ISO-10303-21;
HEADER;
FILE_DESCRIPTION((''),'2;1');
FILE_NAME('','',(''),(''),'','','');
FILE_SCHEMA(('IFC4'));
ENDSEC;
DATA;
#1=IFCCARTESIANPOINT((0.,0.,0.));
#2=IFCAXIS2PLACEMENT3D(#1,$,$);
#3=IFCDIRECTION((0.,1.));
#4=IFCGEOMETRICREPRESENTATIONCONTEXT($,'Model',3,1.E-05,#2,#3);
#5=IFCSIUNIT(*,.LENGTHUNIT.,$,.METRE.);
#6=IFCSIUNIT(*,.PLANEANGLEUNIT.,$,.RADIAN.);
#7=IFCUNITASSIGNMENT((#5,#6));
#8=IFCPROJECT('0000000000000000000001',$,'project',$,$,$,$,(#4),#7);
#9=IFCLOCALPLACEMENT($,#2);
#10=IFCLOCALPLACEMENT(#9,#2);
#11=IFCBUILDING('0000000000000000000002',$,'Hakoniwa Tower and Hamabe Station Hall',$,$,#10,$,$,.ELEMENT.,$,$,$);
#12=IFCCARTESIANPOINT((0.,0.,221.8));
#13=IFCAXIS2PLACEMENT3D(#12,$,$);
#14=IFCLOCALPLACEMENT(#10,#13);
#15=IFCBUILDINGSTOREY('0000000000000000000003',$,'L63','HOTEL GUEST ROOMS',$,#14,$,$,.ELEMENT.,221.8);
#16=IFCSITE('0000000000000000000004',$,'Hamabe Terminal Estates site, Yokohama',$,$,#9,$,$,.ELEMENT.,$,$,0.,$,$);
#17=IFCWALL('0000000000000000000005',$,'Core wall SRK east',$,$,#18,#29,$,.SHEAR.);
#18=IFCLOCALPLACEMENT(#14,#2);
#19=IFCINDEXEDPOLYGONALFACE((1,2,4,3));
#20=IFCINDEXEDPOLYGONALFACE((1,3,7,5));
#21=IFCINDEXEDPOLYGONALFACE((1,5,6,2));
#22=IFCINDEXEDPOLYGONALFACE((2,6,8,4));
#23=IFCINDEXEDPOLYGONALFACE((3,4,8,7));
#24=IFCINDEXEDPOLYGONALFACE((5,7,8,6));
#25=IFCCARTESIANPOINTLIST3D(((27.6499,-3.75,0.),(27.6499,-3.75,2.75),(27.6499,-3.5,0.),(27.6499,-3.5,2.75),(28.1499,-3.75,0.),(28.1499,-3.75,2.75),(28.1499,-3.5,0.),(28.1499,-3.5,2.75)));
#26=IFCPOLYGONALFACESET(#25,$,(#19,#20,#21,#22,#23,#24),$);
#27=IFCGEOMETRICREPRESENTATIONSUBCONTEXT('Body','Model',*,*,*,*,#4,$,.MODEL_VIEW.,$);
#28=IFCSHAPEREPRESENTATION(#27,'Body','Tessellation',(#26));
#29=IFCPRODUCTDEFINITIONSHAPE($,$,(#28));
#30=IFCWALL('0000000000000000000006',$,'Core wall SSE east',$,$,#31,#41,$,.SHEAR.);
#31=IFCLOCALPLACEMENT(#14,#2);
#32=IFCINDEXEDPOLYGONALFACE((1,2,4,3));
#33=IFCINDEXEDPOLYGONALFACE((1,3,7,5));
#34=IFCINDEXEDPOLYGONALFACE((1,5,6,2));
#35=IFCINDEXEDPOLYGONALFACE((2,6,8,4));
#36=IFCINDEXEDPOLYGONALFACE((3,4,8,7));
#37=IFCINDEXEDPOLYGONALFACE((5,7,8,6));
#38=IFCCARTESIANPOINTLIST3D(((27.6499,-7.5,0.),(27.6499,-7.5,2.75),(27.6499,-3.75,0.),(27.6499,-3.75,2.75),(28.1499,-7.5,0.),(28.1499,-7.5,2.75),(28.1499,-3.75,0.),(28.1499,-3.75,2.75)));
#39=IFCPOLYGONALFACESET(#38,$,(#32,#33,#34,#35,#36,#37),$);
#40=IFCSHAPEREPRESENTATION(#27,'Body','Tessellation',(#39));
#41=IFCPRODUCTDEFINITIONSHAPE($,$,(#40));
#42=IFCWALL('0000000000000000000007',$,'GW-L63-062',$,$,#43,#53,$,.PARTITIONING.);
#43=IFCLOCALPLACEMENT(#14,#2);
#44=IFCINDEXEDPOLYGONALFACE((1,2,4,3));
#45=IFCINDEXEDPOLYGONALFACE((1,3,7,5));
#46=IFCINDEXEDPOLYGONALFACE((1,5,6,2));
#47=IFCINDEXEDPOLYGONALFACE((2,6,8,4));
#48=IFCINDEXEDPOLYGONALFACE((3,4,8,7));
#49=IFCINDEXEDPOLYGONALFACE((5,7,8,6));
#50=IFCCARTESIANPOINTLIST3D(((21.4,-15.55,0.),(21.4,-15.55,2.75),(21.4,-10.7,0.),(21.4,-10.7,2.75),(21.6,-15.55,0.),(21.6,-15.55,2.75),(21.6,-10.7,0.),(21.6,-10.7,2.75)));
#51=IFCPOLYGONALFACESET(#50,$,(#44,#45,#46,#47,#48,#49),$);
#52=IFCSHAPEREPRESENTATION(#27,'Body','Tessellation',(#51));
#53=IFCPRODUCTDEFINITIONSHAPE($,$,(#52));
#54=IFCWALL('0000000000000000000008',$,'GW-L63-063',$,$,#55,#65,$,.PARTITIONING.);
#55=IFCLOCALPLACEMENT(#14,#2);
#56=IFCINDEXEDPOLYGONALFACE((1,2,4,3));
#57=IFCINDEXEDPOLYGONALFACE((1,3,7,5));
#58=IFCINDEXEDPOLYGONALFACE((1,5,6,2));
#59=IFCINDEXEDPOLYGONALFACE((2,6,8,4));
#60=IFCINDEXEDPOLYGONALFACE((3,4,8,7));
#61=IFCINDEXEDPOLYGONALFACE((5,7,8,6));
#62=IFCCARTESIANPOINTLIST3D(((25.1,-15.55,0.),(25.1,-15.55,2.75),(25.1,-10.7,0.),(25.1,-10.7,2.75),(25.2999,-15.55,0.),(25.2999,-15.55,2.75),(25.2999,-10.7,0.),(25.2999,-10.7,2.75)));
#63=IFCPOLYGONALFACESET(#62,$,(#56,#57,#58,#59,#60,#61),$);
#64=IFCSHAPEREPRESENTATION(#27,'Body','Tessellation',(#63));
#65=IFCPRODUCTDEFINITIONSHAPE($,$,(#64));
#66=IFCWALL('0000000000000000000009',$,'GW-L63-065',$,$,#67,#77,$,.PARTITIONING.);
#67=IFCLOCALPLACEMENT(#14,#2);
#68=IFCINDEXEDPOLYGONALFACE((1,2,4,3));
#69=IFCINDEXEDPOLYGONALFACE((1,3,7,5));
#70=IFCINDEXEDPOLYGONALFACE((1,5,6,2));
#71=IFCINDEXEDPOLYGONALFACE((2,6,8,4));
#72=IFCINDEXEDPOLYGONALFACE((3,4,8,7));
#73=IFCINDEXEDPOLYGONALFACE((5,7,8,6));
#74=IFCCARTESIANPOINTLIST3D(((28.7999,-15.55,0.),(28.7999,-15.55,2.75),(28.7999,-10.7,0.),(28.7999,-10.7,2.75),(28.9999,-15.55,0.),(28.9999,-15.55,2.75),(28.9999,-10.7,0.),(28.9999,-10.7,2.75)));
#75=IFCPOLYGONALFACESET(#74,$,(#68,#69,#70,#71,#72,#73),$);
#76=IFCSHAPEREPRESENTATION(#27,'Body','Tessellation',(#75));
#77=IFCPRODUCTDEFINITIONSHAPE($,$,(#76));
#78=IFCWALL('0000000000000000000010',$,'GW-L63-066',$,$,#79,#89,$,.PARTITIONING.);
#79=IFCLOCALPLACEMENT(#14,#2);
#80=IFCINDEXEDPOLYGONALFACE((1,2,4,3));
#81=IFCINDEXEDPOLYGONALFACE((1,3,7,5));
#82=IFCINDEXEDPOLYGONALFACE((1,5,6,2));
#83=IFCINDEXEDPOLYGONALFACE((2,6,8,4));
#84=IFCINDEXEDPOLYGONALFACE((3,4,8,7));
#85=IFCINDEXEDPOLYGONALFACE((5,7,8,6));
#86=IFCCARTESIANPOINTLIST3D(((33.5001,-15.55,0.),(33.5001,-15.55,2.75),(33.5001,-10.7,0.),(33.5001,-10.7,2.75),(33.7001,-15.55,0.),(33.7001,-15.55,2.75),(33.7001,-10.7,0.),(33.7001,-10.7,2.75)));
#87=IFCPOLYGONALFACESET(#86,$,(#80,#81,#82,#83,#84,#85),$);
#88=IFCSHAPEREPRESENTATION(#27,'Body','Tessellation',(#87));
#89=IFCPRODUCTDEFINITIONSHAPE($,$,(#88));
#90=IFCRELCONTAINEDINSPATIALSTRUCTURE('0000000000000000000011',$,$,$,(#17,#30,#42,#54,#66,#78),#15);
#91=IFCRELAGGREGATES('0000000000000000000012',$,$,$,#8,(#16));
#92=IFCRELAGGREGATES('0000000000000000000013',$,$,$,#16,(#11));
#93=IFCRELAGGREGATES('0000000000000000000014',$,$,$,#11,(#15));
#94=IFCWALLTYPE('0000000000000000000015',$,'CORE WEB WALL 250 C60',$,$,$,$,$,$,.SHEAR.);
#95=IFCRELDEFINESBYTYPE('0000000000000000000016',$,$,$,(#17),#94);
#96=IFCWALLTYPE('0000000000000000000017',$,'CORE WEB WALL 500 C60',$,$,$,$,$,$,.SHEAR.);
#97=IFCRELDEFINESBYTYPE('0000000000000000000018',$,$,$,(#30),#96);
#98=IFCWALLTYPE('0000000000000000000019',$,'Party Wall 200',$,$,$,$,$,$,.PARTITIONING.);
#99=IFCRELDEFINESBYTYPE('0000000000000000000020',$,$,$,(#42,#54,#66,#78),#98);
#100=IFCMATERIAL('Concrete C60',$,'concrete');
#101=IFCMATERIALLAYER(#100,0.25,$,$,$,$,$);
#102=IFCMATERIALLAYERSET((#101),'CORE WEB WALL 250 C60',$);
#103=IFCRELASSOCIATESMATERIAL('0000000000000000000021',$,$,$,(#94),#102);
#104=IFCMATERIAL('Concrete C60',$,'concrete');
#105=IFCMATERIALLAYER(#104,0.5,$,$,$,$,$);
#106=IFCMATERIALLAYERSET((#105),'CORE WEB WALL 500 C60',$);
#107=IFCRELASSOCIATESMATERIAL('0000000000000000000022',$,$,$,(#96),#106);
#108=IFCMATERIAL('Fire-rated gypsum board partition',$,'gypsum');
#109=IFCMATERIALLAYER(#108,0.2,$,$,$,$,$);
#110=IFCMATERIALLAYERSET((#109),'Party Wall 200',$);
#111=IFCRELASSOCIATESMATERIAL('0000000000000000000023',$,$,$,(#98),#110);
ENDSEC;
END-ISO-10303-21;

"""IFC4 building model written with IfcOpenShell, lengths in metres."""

from ifc_helpers import new_model, si_unit, direction, frame, frame_2d, origin, place, context, subcontext, project, spatial, rectangle, extrude, material, layer, layer_set, type_object, element, save


model = new_model("IFC4")

# Units and contexts
model_context = context("Model", 3, precision=1e-05, world=origin(), true_north=direction((0.0, 1.0)))
body_context = subcontext(model_context, "Body", "Model", "MODEL_VIEW")
ifc_project = project(units=[si_unit("LENGTHUNIT", "METRE"), si_unit("PLANEANGLEUNIT", "RADIAN")], contexts=[model_context])

# Site, building, storey
site_placement = place(None, origin())
site = spatial("IfcSite", under=ifc_project, at=site_placement, Name="Hamabe Terminal Estates site, Yokohama", CompositionType="ELEMENT", RefElevation=0.0)
building_placement = place(site_placement, origin())
building = spatial("IfcBuilding", under=site, at=building_placement, Name="Hakoniwa Tower and Hamabe Station Hall", CompositionType="ELEMENT")
storey_placement = place(building_placement, frame((0.0, 0.0, 221.8)))
storey = spatial("IfcBuildingStorey", under=building, at=storey_placement, Name="L63", Description="HOTEL GUEST ROOMS", CompositionType="ELEMENT", Elevation=221.8)

# Shared definitions
ifc_material_1 = material(Name="Concrete C60", Category="concrete")
ifc_layer_1 = layer(ifc_material_1, 0.25)
ifc_layer_set_1 = layer_set([ifc_layer_1], Name="CORE WEB WALL 250 C60")
wall_type_1 = type_object("IfcWallType", Name="CORE WEB WALL 250 C60", PredefinedType="SHEAR", material=ifc_layer_set_1)

# Walls
wall_1_placement = place(storey_placement, frame((27.6499, -3.625, 0.0), z_axis=(0.0, 0.0, 1.0), x_axis=(1.0, 0.0, 0.0)))
element("IfcWall", 1, at=wall_1_placement, inside=storey, type_object=wall_type_1, Name="Core wall SRK east", PredefinedType="SHEAR", context=body_context, shape_type="SweptSolid", body=[
    extrude(rectangle(XDim=0.5, YDim=0.25, at=frame_2d((0.25, 0.0))), origin(), (0.0, 0.0, 1.0), 2.75),
])
ifc_material_2 = material(Name="Concrete C60", Category="concrete")
ifc_layer_2 = layer(ifc_material_2, 0.5)
ifc_layer_set_2 = layer_set([ifc_layer_2], Name="CORE WEB WALL 500 C60")
wall_type_2 = type_object("IfcWallType", Name="CORE WEB WALL 500 C60", PredefinedType="SHEAR", material=ifc_layer_set_2)
wall_2_placement = place(storey_placement, frame((27.8999, -7.5, 0.0), z_axis=(0.0, 0.0, 1.0), x_axis=(0.0, 1.0, 0.0)))
element("IfcWall", 2, at=wall_2_placement, inside=storey, type_object=wall_type_2, Name="Core wall SSE east", PredefinedType="SHEAR", context=body_context, shape_type="SweptSolid", body=[
    extrude(rectangle(XDim=3.75, YDim=0.5, at=frame_2d((1.875, 0.0))), origin(), (0.0, 0.0, 1.0), 2.75),
])
ifc_material_3 = material(Name="Fire-rated gypsum board partition", Category="gypsum")
ifc_layer_3 = layer(ifc_material_3, 0.2)
ifc_layer_set_3 = layer_set([ifc_layer_3], Name="Party Wall 200")
wall_type_3 = type_object("IfcWallType", Name="Party Wall 200", PredefinedType="PARTITIONING", material=ifc_layer_set_3)
for number, where, z_axis, x_axis, name in (
    (3, (21.5, -15.55, 0.0), (0.0, 0.0, 1.0), (0.0, 1.0, 0.0), "GW-L63-062"),
    (4, (25.2, -15.55, 0.0), (0.0, 0.0, 1.0), (0.0, 1.0, 0.0), "GW-L63-063"),
    (5, (28.8999, -15.55, 0.0), (0.0, 0.0, 1.0), (0.0, 1.0, 0.0), "GW-L63-065"),
    (6, (33.6001, -15.55, 0.0), (0.0, 0.0, 1.0), (0.0, 1.0, 0.0), "GW-L63-066"),
):
    element("IfcWall", number, at=place(storey_placement, frame(where, z_axis=z_axis, x_axis=x_axis)), inside=storey, type_object=wall_type_3, Name=name, PredefinedType="PARTITIONING", context=body_context, shape_type="SweptSolid", body=[
        extrude(rectangle(XDim=4.8501, YDim=0.2, at=frame_2d((2.425, 0.0))), origin(), (0.0, 0.0, 1.0), 2.75),
    ])

save(model, "model.ifc")
